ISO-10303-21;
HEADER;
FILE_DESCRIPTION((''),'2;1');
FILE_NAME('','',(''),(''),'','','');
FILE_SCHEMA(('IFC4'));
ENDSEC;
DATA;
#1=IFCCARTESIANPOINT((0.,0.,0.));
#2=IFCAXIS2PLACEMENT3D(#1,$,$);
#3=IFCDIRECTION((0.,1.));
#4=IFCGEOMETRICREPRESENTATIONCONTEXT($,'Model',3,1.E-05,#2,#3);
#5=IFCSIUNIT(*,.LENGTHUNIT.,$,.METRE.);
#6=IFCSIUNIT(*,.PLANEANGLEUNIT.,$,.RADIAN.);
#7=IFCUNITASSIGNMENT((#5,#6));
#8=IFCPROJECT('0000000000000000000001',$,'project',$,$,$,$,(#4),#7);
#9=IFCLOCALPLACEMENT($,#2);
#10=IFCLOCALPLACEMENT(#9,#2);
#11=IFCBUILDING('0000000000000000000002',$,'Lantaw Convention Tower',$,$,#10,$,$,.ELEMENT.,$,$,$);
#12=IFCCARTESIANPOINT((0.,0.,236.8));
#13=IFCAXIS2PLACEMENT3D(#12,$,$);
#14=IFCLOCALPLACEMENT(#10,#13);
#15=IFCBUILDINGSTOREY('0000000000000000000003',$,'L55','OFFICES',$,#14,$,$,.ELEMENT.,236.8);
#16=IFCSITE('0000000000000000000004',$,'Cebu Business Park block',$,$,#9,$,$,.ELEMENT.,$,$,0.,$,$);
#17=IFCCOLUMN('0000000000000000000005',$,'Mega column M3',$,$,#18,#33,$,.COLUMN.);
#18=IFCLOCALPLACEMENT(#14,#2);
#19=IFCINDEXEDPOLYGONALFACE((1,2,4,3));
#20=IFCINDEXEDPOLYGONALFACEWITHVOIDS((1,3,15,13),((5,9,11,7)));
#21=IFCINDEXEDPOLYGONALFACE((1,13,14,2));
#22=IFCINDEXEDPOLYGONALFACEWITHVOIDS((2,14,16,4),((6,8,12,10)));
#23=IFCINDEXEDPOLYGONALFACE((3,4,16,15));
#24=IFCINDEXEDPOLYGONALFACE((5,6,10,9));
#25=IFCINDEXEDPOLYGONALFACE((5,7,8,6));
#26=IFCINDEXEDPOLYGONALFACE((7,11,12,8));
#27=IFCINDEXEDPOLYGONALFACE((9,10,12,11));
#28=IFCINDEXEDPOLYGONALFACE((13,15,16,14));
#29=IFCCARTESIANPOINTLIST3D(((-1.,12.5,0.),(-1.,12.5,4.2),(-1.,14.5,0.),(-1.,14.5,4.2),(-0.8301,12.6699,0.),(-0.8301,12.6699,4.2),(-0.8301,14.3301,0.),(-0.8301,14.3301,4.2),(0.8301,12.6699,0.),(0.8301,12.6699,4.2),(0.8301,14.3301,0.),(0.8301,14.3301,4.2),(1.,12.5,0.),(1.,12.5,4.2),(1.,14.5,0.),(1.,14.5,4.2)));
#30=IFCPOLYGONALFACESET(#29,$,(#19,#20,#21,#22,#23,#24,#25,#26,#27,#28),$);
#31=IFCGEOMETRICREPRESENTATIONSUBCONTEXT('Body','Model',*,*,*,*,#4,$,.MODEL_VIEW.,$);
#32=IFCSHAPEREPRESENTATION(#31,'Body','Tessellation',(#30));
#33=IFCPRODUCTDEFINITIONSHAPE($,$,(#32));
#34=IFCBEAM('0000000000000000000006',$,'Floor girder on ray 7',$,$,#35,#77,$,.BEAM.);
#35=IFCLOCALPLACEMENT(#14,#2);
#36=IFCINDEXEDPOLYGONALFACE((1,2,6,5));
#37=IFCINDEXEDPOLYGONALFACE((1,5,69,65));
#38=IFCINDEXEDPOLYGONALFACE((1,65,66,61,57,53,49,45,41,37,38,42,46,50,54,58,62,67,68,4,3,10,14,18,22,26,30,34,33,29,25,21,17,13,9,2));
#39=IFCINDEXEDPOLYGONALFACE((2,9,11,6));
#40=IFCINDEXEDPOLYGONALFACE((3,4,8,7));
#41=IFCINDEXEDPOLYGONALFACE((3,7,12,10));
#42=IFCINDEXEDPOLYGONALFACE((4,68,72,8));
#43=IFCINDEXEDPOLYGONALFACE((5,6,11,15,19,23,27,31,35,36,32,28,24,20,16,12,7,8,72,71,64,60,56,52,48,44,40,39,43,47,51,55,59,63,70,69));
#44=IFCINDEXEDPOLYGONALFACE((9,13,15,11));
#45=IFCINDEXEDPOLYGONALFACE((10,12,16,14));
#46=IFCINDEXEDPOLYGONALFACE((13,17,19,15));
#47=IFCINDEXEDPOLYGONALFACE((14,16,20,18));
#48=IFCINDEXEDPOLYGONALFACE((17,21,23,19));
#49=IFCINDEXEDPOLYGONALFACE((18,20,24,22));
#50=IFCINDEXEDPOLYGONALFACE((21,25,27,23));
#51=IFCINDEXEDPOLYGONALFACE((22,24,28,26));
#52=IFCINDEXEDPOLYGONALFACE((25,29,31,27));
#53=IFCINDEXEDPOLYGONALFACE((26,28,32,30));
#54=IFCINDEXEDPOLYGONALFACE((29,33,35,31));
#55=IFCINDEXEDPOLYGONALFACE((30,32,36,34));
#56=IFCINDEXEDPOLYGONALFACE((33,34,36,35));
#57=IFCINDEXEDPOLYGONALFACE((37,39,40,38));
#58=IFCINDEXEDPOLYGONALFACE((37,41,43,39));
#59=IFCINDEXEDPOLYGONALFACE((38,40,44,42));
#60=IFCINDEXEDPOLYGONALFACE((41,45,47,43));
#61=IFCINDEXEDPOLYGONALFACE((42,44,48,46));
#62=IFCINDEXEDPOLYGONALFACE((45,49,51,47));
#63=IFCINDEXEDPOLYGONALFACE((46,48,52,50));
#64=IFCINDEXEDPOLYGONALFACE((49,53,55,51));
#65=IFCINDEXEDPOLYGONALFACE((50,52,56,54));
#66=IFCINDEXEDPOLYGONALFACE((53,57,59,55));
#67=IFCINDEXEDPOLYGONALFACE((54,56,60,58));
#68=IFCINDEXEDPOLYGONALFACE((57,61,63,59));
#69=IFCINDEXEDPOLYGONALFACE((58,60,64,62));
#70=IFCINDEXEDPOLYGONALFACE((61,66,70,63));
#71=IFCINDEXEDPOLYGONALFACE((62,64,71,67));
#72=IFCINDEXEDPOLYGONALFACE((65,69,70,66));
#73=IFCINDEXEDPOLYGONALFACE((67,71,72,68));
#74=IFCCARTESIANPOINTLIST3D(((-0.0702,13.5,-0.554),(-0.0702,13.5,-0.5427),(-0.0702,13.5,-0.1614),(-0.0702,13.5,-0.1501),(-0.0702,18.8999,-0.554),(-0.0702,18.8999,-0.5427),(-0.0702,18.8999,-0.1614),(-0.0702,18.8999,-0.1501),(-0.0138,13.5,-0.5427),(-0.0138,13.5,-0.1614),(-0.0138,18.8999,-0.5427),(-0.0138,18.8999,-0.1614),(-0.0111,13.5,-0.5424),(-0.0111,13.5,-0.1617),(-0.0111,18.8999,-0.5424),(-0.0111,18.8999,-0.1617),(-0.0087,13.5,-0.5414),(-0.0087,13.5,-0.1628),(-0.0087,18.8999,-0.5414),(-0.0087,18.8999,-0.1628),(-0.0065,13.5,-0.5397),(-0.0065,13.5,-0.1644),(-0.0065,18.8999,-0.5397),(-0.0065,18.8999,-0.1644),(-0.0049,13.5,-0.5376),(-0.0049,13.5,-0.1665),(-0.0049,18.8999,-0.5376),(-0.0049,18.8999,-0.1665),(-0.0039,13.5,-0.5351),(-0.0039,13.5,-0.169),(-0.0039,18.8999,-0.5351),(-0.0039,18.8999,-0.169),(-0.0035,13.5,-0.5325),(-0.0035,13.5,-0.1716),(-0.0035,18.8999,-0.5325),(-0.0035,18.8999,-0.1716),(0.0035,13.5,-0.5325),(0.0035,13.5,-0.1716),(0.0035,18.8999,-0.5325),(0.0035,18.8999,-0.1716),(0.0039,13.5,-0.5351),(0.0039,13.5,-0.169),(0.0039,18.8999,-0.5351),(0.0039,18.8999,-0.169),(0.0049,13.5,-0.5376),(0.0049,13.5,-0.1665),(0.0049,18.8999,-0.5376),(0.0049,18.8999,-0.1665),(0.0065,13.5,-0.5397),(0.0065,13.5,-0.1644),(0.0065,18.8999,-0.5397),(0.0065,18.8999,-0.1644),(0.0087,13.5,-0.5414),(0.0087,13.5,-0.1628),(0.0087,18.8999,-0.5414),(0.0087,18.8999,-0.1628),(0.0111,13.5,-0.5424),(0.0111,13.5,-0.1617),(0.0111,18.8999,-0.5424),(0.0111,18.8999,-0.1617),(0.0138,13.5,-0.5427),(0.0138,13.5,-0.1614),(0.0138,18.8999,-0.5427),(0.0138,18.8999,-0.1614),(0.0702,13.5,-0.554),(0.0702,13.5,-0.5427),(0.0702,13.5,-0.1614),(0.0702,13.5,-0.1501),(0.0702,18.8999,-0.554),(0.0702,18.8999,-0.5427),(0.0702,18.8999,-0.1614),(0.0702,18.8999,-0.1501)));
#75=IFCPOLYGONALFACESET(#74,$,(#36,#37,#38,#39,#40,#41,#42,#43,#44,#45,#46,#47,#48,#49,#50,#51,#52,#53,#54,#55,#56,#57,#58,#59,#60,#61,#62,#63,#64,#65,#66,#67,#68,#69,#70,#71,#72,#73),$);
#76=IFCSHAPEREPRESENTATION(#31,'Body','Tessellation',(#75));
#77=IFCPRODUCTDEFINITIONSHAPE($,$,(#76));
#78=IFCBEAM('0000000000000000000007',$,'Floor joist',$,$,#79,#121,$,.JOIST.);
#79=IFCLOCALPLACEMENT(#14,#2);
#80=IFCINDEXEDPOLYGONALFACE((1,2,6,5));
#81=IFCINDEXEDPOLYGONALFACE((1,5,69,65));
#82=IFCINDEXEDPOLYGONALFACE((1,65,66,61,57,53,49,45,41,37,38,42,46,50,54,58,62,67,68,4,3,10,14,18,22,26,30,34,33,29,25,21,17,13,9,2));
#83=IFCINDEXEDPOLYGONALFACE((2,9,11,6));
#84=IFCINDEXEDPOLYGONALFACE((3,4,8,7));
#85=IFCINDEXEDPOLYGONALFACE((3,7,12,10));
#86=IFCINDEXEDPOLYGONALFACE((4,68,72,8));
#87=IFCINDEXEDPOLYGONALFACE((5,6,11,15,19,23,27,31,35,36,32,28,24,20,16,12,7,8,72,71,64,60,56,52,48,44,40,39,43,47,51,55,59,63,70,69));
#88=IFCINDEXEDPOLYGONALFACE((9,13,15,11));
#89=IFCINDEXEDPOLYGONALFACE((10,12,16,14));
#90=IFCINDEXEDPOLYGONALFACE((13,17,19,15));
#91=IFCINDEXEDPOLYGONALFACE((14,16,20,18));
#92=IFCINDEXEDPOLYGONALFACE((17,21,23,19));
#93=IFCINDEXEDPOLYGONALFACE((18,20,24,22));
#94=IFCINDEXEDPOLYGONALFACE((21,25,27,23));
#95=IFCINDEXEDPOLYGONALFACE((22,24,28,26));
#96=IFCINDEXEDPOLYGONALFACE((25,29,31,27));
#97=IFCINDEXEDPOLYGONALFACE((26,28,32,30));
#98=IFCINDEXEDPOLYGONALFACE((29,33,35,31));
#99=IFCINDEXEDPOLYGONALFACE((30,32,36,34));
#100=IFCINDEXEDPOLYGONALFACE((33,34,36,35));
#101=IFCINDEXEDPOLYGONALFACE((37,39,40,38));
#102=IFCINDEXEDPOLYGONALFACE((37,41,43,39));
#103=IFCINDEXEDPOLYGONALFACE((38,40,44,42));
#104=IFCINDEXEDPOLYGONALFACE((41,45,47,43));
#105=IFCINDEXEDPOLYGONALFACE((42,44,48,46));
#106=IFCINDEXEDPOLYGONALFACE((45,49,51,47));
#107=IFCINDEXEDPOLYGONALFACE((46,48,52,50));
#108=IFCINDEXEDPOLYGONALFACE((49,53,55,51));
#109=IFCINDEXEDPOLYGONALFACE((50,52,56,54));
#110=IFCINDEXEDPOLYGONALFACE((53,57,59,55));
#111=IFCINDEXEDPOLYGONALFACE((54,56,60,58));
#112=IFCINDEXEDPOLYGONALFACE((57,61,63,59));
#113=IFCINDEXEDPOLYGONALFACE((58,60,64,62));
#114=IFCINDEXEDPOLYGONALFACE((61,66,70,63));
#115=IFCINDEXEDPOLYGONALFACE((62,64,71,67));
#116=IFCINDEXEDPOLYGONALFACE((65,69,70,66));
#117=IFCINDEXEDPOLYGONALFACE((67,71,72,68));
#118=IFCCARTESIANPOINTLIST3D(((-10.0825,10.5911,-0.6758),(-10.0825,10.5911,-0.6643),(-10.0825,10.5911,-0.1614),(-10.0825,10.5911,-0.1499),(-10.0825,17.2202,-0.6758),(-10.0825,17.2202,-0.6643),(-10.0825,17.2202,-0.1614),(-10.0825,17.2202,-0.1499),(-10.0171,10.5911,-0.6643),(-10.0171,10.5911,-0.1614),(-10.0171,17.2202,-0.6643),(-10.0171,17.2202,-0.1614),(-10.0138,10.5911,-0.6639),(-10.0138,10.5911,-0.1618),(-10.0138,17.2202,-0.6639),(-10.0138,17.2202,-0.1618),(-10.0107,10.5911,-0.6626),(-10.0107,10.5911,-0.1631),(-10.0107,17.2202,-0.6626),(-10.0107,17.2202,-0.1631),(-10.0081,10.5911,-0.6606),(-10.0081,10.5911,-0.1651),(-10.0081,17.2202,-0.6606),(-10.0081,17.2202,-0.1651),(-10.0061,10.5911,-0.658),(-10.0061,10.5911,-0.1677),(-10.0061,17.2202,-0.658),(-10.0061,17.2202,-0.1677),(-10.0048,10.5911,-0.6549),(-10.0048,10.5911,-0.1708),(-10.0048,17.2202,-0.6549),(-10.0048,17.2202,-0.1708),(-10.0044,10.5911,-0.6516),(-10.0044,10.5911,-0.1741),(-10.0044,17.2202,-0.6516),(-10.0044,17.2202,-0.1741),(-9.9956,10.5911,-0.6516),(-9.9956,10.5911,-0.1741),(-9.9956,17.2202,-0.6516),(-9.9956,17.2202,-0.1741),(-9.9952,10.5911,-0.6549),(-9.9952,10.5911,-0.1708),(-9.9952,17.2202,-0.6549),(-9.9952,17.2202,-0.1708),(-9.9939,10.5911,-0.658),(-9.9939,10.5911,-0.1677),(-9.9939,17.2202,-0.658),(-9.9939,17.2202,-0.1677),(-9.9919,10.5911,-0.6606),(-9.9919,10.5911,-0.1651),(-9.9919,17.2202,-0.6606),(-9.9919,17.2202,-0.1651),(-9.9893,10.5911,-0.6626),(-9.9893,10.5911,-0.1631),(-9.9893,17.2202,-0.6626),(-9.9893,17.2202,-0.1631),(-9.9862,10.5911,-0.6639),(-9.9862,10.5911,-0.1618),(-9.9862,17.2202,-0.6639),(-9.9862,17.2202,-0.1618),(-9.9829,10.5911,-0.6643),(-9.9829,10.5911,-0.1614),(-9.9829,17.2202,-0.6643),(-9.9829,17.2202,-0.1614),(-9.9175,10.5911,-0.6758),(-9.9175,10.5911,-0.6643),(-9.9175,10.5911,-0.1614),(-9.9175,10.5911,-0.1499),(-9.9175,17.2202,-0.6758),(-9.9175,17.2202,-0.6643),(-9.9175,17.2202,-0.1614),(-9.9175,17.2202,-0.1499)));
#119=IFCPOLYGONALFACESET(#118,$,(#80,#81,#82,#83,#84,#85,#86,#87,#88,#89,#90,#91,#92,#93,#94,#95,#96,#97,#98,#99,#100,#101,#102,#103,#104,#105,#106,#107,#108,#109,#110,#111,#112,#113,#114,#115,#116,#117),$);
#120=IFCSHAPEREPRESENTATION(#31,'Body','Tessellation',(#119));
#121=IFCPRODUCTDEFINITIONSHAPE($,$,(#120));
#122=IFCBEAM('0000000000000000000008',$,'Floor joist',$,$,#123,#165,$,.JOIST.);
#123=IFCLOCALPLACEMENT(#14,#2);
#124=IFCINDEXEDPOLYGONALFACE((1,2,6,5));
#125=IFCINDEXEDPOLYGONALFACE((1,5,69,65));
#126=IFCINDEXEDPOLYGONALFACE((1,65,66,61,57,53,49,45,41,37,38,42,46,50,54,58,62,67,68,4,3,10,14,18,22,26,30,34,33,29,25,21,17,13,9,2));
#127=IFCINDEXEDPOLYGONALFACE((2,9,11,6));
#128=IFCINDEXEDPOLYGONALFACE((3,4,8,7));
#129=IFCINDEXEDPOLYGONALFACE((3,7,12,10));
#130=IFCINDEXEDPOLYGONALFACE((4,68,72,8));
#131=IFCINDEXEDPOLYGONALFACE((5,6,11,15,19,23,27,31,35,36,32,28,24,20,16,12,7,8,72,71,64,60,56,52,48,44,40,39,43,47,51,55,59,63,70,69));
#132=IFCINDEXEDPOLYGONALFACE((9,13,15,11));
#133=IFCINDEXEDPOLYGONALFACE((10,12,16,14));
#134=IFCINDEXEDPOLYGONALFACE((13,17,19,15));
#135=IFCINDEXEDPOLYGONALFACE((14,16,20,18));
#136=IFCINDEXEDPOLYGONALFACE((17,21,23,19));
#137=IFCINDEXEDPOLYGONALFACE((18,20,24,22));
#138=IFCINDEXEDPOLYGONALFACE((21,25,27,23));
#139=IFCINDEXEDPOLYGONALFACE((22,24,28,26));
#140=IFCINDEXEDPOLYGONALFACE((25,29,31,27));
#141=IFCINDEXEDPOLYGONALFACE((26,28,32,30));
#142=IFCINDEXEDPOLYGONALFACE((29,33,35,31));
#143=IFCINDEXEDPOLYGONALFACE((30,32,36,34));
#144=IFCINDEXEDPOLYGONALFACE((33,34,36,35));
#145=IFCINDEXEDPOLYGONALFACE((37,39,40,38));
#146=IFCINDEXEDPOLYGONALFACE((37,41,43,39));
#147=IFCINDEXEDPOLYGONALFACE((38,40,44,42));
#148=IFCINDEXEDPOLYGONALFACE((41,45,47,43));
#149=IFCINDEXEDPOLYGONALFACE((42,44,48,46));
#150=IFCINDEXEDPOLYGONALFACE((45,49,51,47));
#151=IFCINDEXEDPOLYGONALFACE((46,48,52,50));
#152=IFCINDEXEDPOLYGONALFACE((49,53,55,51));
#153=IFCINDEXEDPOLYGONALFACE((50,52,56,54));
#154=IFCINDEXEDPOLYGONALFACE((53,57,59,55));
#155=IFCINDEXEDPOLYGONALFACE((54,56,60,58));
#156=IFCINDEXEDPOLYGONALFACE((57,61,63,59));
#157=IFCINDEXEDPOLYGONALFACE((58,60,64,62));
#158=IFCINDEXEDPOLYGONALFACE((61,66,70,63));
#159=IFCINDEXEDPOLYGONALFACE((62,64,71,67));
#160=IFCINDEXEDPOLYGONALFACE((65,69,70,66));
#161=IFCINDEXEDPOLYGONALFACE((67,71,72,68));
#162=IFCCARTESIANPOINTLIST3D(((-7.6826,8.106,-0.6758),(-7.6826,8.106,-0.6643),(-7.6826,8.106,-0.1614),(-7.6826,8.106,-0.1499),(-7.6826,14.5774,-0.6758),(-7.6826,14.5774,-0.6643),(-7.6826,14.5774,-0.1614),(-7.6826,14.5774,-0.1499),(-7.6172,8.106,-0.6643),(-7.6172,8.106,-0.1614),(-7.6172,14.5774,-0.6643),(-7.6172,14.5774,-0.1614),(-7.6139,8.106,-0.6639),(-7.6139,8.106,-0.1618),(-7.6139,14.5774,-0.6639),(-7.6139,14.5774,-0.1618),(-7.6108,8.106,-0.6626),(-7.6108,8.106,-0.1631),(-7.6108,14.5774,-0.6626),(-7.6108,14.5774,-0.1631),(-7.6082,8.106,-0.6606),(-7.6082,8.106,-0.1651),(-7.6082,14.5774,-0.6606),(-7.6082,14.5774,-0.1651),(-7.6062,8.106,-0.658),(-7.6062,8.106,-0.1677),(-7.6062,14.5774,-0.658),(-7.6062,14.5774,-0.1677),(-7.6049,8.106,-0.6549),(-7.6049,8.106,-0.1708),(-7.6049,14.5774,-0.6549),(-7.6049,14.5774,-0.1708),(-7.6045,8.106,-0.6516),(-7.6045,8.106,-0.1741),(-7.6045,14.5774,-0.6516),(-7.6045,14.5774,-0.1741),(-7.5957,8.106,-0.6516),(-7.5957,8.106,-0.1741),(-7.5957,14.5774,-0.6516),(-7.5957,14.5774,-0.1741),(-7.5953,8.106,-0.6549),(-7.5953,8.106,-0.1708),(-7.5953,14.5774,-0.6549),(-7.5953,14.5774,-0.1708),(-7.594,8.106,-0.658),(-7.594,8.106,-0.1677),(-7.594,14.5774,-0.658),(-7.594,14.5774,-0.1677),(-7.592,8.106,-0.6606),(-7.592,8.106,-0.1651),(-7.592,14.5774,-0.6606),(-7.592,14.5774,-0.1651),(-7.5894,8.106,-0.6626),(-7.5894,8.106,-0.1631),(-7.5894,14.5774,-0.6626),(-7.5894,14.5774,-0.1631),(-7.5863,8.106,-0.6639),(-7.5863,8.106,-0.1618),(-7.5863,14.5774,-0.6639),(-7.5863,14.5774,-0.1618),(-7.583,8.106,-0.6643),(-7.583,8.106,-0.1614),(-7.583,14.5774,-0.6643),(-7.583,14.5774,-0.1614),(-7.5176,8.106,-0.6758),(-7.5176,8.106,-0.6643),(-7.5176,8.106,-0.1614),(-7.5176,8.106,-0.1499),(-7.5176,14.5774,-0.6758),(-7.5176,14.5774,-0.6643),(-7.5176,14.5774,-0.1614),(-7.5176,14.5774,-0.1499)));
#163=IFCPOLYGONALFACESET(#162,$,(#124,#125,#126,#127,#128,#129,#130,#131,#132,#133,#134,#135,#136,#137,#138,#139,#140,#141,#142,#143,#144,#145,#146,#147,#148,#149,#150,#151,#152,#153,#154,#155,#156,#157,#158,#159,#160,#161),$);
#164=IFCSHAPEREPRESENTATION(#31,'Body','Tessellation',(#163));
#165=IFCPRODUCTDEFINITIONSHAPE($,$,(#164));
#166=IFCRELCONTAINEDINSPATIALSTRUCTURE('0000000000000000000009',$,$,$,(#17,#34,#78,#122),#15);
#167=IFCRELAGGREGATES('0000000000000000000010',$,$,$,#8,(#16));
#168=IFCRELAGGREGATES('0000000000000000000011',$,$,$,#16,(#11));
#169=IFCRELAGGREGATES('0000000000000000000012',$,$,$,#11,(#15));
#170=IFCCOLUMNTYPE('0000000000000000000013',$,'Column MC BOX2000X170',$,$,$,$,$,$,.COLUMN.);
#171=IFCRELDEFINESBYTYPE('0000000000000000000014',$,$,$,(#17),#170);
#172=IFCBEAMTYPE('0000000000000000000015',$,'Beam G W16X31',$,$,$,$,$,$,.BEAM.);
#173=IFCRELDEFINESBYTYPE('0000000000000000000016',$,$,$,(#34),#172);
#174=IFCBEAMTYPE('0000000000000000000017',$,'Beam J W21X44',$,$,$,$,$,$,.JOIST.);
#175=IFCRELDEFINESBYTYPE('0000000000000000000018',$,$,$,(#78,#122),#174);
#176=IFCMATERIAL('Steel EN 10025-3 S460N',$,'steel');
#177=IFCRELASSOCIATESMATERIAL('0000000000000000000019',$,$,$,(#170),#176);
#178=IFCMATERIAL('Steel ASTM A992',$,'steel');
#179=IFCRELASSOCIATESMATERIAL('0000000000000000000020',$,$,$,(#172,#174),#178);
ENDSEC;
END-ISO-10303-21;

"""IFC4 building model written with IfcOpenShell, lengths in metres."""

from ifc_helpers import new_model, si_unit, direction, frame, origin, origin_2d, place, context, subcontext, project, spatial, rectangle, hollow_rectangle, i_section, extrude, material, material_profile, profile_set, type_object, element, save


model = new_model("IFC4")

# Units and contexts
model_context = context("Model", 3, precision=1e-05, world=origin(), true_north=direction((0.0, 1.0)))
body_context = subcontext(model_context, "Body", "Model", "MODEL_VIEW")
ifc_project = project(units=[si_unit("LENGTHUNIT", "METRE"), si_unit("PLANEANGLEUNIT", "RADIAN")], contexts=[model_context])

# Site, building, storey
site_placement = place(None, origin())
site = spatial("IfcSite", under=ifc_project, at=site_placement, Name="Cebu Business Park block", CompositionType="ELEMENT", RefElevation=0.0)
building_placement = place(site_placement, origin())
building = spatial("IfcBuilding", under=site, at=building_placement, Name="Lantaw Convention Tower", CompositionType="ELEMENT")
storey_placement = place(building_placement, frame((0.0, 0.0, 236.8)))
storey = spatial("IfcBuildingStorey", under=building, at=storey_placement, Name="L55", Description="OFFICES", CompositionType="ELEMENT", Elevation=236.8)

# Column
ifc_material_1 = material(Name="Steel EN 10025-3 S460N", Category="steel")
ifc_material_profile_1 = material_profile(ifc_material_1, hollow_rectangle(XDim=2.0, YDim=2.0, WallThickness=0.1699, at=origin_2d()), Name="BOX2000X170")
ifc_material_2 = material(Name="Concrete C60/75", Category="concrete")
ifc_material_profile_2 = material_profile(ifc_material_2, rectangle(XDim=1.6599, YDim=1.6599, at=origin_2d()), Name="Concrete fill of BOX2000X170")
ifc_profile_set_1 = profile_set([ifc_material_profile_1, ifc_material_profile_2], Name="Steel EN 10025-3 S460N")
column_type = type_object("IfcColumnType", Name="Column MC BOX2000X170", PredefinedType="COLUMN", material=ifc_profile_set_1)
column_placement = place(storey_placement, frame((0.0, 13.5, 0.0), z_axis=(0.0, 0.0, 1.0), x_axis=(1.0, 0.0, 0.0)))
element("IfcColumn", 1, at=column_placement, inside=storey, type_object=column_type, Name="Mega column M3", PredefinedType="COLUMN", context=body_context, shape_type="SweptSolid", body=[
    extrude(hollow_rectangle(XDim=2.0, YDim=2.0, WallThickness=0.1699, at=origin_2d()), origin(), (0.0, 0.0, 1.0), 4.2),
])

# Beams
ifc_material_3 = material(Name="Steel ASTM A992", Category="steel")
ifc_material_profile_3 = material_profile(ifc_material_3, i_section(OverallWidth=0.1404, OverallDepth=0.4038, WebThickness=0.0071, FlangeThickness=0.0112, FilletRadius=0.0103, at=origin_2d()), Name="W16X31")
ifc_profile_set_2 = profile_set([ifc_material_profile_3], Name="Steel ASTM A992")
beam_type_1 = type_object("IfcBeamType", Name="Beam G W16X31", PredefinedType="BEAM", material=ifc_profile_set_2)
beam_1_placement = place(storey_placement, frame((0.0, 13.5, -0.3521), z_axis=(0.0, 1.0, 0.0), x_axis=(-1.0, 0.0, 0.0)))
element("IfcBeam", 2, at=beam_1_placement, inside=storey, type_object=beam_type_1, Name="Floor girder on ray 7", PredefinedType="BEAM", context=body_context, shape_type="SweptSolid", body=[
    extrude(i_section(OverallWidth=0.1404, OverallDepth=0.4038, WebThickness=0.0071, FlangeThickness=0.0112, FilletRadius=0.0103, at=origin_2d()), origin(), (0.0, 0.0, 1.0), 5.3999),
])
ifc_material_profile_4 = material_profile(ifc_material_3, i_section(OverallWidth=0.165, OverallDepth=0.5259, WebThickness=0.0088, FlangeThickness=0.0115, FilletRadius=0.0127, at=origin_2d()), Name="W21X44")
ifc_profile_set_3 = profile_set([ifc_material_profile_4], Name="Steel ASTM A992")
beam_type_2 = type_object("IfcBeamType", Name="Beam J W21X44", PredefinedType="JOIST", material=ifc_profile_set_3)
beam_2_placement = place(storey_placement, frame((-10.0, 10.5911, -0.4128), z_axis=(0.0, 1.0, 0.0), x_axis=(-1.0, 0.0, 0.0)))
element("IfcBeam", 3, at=beam_2_placement, inside=storey, type_object=beam_type_2, Name="Floor joist", PredefinedType="JOIST", context=body_context, shape_type="SweptSolid", body=[
    extrude(i_section(OverallWidth=0.165, OverallDepth=0.5259, WebThickness=0.0088, FlangeThickness=0.0115, FilletRadius=0.0127, at=origin_2d()), origin(), (0.0, 0.0, 1.0), 6.6292),
])
beam_3_placement = place(storey_placement, frame((-7.6001, 8.106, -0.4128), z_axis=(0.0, 1.0, 0.0), x_axis=(-1.0, 0.0, 0.0)))
element("IfcBeam", 4, at=beam_3_placement, inside=storey, type_object=beam_type_2, Name="Floor joist", PredefinedType="JOIST", context=body_context, shape_type="SweptSolid", body=[
    extrude(i_section(OverallWidth=0.165, OverallDepth=0.5259, WebThickness=0.0088, FlangeThickness=0.0115, FilletRadius=0.0127, at=origin_2d()), origin(), (0.0, 0.0, 1.0), 6.4714),
])

save(model, "model.ifc")
